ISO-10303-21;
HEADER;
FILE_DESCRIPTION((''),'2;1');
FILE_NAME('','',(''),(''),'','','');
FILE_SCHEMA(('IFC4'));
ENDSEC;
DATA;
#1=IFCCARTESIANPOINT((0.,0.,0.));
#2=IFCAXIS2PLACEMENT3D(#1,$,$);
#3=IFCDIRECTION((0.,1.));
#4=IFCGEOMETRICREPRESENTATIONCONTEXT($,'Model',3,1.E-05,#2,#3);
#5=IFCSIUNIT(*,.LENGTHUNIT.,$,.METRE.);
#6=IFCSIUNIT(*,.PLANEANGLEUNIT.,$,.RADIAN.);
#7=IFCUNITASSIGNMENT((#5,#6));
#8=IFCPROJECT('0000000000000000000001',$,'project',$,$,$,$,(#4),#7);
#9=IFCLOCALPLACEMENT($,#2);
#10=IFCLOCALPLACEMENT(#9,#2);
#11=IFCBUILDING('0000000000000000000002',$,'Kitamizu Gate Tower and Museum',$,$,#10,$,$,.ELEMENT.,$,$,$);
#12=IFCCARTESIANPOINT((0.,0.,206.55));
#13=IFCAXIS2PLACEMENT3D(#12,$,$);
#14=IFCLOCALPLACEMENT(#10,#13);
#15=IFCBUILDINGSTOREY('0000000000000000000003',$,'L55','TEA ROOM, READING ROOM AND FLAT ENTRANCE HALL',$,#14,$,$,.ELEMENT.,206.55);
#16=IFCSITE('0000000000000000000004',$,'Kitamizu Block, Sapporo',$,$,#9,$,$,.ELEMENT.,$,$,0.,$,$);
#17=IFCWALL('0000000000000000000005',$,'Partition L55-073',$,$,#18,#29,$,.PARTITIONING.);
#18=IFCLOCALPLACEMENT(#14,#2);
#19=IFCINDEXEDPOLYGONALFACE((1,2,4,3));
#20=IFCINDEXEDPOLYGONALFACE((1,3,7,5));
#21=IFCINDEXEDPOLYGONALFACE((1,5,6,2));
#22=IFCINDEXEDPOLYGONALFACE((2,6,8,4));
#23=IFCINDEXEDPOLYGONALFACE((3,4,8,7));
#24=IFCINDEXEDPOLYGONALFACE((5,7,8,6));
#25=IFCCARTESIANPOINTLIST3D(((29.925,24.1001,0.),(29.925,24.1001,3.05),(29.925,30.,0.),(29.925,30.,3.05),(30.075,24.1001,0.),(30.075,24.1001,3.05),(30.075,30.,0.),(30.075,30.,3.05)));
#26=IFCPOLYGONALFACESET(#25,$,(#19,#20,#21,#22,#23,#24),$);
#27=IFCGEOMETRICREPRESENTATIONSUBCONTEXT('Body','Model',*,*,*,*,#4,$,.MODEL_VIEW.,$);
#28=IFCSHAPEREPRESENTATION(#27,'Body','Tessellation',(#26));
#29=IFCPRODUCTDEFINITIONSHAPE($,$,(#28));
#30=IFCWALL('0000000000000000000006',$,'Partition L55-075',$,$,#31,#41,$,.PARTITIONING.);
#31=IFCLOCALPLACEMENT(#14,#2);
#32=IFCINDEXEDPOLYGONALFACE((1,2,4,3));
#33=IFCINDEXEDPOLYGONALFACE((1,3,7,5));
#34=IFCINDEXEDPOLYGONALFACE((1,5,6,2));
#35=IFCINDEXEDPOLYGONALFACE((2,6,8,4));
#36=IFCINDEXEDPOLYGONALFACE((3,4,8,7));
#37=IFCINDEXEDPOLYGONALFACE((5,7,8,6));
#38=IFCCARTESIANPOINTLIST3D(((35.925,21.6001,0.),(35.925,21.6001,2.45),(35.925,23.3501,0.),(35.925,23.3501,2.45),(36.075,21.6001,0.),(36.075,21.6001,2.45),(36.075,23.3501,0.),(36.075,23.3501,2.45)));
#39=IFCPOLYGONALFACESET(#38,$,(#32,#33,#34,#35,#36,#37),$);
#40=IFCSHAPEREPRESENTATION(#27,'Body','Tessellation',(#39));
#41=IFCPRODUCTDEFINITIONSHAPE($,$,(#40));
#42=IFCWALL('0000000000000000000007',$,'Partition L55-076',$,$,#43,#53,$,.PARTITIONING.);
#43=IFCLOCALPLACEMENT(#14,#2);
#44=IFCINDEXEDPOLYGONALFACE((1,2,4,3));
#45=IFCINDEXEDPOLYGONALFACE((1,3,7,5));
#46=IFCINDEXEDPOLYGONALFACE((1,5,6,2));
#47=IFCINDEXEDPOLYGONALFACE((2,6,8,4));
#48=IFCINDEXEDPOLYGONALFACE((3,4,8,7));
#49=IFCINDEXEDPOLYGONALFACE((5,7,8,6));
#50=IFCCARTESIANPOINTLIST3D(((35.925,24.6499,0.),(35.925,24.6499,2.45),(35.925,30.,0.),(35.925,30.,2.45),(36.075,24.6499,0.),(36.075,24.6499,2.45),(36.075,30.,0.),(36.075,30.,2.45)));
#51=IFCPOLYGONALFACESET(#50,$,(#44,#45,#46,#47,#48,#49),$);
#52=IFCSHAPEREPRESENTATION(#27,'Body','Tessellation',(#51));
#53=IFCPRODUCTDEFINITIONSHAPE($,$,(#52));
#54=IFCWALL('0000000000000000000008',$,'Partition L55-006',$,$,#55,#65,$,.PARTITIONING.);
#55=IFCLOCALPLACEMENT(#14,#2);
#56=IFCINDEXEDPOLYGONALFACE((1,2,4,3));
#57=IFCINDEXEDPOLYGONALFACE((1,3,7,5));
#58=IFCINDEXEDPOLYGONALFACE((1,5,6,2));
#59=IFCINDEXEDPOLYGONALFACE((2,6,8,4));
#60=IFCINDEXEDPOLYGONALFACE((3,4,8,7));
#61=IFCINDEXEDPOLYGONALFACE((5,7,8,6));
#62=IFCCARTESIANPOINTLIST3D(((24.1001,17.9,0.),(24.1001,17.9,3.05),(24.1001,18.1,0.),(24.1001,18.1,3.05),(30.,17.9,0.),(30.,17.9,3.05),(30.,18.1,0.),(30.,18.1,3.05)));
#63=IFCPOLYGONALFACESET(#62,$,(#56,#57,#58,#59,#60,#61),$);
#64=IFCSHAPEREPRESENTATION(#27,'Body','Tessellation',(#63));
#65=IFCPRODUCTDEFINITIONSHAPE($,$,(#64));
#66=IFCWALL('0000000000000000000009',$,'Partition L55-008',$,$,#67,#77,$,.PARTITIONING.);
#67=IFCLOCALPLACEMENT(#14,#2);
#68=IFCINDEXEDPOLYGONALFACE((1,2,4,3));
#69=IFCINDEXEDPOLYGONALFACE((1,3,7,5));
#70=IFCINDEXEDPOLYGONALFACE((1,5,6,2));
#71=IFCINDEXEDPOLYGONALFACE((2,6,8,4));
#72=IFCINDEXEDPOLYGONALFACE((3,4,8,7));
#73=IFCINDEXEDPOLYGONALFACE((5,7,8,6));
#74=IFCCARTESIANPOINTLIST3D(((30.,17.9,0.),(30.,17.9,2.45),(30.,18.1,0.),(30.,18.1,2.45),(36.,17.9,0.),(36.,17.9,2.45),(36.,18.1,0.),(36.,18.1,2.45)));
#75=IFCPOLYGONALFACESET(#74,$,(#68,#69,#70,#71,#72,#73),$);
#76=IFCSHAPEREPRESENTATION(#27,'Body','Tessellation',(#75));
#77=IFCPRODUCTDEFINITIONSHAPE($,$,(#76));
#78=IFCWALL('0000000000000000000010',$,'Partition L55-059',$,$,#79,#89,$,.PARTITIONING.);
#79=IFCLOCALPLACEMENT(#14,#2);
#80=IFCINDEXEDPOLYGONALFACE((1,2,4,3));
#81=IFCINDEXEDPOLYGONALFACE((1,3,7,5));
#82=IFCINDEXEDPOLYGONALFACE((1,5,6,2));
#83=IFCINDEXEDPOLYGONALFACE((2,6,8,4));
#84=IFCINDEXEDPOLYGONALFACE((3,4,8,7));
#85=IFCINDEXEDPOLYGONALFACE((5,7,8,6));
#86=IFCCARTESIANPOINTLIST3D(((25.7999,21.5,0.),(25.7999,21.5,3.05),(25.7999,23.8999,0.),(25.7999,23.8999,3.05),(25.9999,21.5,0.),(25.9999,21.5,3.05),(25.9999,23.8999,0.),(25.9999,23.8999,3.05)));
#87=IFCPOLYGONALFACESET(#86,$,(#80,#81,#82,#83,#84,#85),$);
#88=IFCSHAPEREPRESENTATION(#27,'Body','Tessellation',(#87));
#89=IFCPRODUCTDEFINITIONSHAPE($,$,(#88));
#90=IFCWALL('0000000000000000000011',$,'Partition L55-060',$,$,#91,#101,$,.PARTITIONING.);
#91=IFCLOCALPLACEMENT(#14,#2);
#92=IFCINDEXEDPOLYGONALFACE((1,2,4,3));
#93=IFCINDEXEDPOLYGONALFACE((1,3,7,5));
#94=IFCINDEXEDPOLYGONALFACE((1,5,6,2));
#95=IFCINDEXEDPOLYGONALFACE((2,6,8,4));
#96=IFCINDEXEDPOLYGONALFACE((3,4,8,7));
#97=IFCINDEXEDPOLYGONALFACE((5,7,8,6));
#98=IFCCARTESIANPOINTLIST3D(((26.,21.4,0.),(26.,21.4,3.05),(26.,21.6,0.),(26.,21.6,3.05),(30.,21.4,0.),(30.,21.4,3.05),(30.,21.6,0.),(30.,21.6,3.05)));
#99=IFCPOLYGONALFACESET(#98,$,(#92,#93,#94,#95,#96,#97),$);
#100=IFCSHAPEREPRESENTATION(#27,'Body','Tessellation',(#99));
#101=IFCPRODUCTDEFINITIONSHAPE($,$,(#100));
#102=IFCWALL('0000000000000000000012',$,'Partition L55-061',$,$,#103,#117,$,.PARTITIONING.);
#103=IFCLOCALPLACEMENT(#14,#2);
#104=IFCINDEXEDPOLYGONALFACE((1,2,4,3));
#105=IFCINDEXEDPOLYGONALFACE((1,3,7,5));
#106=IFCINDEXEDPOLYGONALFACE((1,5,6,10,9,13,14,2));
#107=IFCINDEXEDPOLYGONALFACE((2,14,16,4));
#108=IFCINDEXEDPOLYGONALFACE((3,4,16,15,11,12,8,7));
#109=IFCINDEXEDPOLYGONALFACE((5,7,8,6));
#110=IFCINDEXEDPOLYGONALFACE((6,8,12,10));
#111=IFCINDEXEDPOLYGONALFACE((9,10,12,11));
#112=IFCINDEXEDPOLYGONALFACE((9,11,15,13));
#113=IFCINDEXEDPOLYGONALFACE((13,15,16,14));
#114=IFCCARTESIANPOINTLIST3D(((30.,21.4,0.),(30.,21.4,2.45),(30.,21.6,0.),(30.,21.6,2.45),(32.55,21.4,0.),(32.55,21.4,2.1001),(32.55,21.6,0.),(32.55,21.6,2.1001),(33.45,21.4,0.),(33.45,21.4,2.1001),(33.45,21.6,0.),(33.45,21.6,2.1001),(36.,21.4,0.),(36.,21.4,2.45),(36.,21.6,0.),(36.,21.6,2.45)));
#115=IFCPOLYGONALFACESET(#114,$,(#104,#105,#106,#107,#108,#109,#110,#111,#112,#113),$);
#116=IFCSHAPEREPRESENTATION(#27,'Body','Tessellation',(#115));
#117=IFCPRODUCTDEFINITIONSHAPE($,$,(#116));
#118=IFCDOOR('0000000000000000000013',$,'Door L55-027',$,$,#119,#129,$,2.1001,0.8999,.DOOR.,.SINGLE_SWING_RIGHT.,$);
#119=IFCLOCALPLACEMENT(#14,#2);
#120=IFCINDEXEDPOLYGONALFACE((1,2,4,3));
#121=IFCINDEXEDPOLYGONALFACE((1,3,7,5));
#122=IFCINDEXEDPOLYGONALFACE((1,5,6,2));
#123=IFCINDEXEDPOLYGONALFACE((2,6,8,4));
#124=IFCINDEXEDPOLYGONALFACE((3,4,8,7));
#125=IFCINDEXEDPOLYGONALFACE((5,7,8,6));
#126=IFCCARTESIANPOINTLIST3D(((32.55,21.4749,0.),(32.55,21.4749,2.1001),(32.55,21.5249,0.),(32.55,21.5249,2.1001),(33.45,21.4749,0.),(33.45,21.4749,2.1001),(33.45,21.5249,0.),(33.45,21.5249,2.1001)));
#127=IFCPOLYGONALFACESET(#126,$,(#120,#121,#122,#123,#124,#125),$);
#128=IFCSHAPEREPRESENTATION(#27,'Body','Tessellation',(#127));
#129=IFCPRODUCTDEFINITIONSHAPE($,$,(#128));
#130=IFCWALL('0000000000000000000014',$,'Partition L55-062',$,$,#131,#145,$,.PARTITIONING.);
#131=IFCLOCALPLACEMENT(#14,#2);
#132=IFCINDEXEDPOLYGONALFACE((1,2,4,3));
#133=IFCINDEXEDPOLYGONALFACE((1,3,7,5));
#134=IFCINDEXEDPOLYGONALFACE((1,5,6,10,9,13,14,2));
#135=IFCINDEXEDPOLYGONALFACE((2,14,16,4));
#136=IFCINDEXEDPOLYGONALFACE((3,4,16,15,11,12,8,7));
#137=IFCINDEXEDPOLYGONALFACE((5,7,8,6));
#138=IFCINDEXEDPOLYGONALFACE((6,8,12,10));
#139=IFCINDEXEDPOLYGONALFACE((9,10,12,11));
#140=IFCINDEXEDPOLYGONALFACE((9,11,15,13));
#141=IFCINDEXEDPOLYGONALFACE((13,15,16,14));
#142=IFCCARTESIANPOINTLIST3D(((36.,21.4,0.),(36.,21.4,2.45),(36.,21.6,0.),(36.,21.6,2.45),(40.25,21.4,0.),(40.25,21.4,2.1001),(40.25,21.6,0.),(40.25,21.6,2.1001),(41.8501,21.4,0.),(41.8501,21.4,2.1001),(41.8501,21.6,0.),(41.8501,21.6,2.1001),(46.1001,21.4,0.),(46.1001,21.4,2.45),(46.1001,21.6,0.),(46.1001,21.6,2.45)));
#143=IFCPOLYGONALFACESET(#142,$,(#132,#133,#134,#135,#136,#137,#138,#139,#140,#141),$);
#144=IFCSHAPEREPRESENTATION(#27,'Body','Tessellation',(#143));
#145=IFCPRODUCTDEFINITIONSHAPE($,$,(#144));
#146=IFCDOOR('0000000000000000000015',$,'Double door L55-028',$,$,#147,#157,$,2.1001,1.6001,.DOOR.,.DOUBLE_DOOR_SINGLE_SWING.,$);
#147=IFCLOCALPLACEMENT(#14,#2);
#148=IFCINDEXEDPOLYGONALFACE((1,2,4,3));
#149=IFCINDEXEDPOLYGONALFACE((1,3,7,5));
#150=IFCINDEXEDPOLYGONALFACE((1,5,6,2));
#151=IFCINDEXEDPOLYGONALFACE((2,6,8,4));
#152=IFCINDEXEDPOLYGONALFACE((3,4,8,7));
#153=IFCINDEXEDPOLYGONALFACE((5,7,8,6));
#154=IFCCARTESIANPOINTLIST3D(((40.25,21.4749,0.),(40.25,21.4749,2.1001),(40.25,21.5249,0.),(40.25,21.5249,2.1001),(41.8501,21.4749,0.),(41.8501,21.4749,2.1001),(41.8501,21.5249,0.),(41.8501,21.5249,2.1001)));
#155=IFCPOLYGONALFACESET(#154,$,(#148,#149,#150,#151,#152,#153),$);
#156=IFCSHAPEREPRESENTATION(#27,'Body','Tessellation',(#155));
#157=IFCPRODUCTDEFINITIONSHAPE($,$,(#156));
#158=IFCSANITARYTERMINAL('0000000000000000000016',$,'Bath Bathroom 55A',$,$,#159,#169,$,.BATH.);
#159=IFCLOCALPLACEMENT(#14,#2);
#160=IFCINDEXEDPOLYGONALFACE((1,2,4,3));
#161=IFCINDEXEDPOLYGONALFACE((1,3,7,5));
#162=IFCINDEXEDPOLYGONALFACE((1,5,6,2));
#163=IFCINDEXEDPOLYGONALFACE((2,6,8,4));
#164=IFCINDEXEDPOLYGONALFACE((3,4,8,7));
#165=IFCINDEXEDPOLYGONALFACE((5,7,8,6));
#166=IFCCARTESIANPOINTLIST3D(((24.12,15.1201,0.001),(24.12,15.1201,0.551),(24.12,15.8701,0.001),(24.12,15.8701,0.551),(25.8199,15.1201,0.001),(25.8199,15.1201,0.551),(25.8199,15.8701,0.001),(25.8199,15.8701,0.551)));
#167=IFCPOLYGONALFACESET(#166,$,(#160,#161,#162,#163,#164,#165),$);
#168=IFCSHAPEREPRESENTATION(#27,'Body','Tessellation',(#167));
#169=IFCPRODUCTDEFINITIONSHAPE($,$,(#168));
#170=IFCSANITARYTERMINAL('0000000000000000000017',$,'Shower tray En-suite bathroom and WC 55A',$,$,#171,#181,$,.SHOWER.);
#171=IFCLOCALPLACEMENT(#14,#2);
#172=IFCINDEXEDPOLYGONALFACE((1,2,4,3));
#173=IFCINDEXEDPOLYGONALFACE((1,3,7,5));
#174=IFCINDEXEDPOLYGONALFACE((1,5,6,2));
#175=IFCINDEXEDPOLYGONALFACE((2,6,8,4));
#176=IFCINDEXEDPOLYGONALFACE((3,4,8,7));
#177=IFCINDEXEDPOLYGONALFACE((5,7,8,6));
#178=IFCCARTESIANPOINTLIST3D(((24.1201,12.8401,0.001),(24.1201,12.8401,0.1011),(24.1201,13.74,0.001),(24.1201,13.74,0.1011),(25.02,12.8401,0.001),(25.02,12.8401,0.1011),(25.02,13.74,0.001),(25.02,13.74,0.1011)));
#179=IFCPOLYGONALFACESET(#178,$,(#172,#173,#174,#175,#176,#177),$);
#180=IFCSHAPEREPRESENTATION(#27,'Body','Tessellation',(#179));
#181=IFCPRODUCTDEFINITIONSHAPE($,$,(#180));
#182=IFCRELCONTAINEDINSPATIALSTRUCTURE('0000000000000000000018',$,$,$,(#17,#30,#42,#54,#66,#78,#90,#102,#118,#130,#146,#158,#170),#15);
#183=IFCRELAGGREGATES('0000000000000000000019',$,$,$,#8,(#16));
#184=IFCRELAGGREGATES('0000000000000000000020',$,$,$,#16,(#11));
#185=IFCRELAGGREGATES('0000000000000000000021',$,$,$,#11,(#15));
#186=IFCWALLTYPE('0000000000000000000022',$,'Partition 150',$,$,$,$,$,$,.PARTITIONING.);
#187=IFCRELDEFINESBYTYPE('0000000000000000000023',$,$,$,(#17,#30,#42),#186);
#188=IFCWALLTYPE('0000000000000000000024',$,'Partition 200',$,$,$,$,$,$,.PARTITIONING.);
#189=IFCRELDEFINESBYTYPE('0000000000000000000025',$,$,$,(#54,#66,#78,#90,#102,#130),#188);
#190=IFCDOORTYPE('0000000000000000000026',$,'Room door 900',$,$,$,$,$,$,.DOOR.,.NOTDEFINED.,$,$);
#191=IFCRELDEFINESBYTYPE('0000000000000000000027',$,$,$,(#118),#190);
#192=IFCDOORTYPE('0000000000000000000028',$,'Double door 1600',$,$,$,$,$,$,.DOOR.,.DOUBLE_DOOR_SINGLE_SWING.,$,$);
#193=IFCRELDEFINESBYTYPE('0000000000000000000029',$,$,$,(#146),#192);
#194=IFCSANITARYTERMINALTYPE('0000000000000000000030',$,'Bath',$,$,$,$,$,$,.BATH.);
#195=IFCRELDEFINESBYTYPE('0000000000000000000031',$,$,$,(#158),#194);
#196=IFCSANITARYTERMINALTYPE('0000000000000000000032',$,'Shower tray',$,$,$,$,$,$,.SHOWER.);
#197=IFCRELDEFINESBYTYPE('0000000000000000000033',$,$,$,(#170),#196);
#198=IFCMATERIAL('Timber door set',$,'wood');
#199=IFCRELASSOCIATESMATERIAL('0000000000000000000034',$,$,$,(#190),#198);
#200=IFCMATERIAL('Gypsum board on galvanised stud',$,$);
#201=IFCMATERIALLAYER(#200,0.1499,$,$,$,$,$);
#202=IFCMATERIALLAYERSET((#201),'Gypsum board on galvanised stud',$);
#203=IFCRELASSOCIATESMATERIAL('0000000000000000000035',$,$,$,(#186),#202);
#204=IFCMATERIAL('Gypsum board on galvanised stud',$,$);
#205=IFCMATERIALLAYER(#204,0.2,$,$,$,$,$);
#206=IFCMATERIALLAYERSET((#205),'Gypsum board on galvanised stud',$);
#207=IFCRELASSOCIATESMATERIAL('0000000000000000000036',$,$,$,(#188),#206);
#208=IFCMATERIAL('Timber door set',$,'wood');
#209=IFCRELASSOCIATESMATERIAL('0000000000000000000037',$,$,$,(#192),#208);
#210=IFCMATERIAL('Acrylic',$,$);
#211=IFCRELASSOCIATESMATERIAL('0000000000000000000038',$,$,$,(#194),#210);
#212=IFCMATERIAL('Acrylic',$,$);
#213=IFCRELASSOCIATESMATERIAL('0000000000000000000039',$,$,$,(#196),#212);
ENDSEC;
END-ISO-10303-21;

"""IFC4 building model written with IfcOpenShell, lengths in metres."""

from ifc_helpers import new_model, si_unit, direction, frame, frame_2d, origin, origin_2d, place, context, subcontext, project, spatial, rectangle, extrude, material, layer, layer_set, type_object, element, fill, save


model = new_model("IFC4")

# Units and contexts
model_context = context("Model", 3, precision=1e-05, world=origin(), true_north=direction((0.0, 1.0)))
body_context = subcontext(model_context, "Body", "Model", "MODEL_VIEW")
ifc_project = project(units=[si_unit("LENGTHUNIT", "METRE"), si_unit("PLANEANGLEUNIT", "RADIAN")], contexts=[model_context])

# Site, building, storey
site_placement = place(None, origin())
site = spatial("IfcSite", under=ifc_project, at=site_placement, Name="Kitamizu Block, Sapporo", CompositionType="ELEMENT", RefElevation=0.0)
building_placement = place(site_placement, origin())
building = spatial("IfcBuilding", under=site, at=building_placement, Name="Kitamizu Gate Tower and Museum", CompositionType="ELEMENT")
storey_placement = place(building_placement, frame((0.0, 0.0, 206.55)))
storey = spatial("IfcBuildingStorey", under=building, at=storey_placement, Name="L55", Description="TEA ROOM, READING ROOM AND FLAT ENTRANCE HALL", CompositionType="ELEMENT", Elevation=206.55)

# Shared definitions
ifc_material_1 = material(Name="Timber door set", Category="wood")
door_type_1 = type_object("IfcDoorType", Name="Room door 900", OperationType="NOTDEFINED", PredefinedType="DOOR", material=ifc_material_1)

# Shared definitions
ifc_material_2 = material(Name="Gypsum board on galvanised stud")
ifc_layer_1 = layer(ifc_material_2, 0.1499)
ifc_layer_set_1 = layer_set([ifc_layer_1], Name="Gypsum board on galvanised stud")
wall_type_1 = type_object("IfcWallType", Name="Partition 150", PredefinedType="PARTITIONING", material=ifc_layer_set_1)

# Walls
wall_1_placement = place(storey_placement, frame((30.0, 24.1001, 0.0), z_axis=(0.0, 0.0, 1.0), x_axis=(0.0, 1.0, 0.0)))
element("IfcWall", 1, at=wall_1_placement, inside=storey, type_object=wall_type_1, Name="Partition L55-073", PredefinedType="PARTITIONING", context=body_context, shape_type="SweptSolid", body=[
    extrude(rectangle(XDim=5.8999, YDim=0.1499, at=frame_2d((2.95, 0.0))), origin(), (0.0, 0.0, 1.0), 3.05),
])
wall_2_placement = place(storey_placement, frame((36.0, 21.6001, 0.0), z_axis=(0.0, 0.0, 1.0), x_axis=(0.0, 1.0, 0.0)))
element("IfcWall", 2, at=wall_2_placement, inside=storey, type_object=wall_type_1, Name="Partition L55-075", PredefinedType="PARTITIONING", context=body_context, shape_type="SweptSolid", body=[
    extrude(rectangle(XDim=1.75, YDim=0.1499, at=frame_2d((0.875, 0.0))), origin(), (0.0, 0.0, 1.0), 2.45),
])
wall_3_placement = place(storey_placement, frame((36.0, 24.6499, 0.0), z_axis=(0.0, 0.0, 1.0), x_axis=(0.0, 1.0, 0.0)))
element("IfcWall", 3, at=wall_3_placement, inside=storey, type_object=wall_type_1, Name="Partition L55-076", PredefinedType="PARTITIONING", context=body_context, shape_type="SweptSolid", body=[
    extrude(rectangle(XDim=5.3501, YDim=0.1499, at=frame_2d((2.675, 0.0))), origin(), (0.0, 0.0, 1.0), 2.45),
])
ifc_material_3 = material(Name="Gypsum board on galvanised stud")
ifc_layer_2 = layer(ifc_material_3, 0.2)
ifc_layer_set_2 = layer_set([ifc_layer_2], Name="Gypsum board on galvanised stud")
wall_type_2 = type_object("IfcWallType", Name="Partition 200", PredefinedType="PARTITIONING", material=ifc_layer_set_2)
wall_4_placement = place(storey_placement, frame((30.0, 18.0, 0.0), z_axis=(0.0, 0.0, 1.0), x_axis=(-1.0, 0.0, 0.0)))
element("IfcWall", 4, at=wall_4_placement, inside=storey, type_object=wall_type_2, Name="Partition L55-006", PredefinedType="PARTITIONING", context=body_context, shape_type="SweptSolid", body=[
    extrude(rectangle(XDim=5.8999, YDim=0.2, at=frame_2d((2.95, 0.0))), origin(), (0.0, 0.0, 1.0), 3.05),
])
wall_5_placement = place(storey_placement, frame((36.0, 18.0, 0.0), z_axis=(0.0, 0.0, 1.0), x_axis=(-1.0, 0.0, 0.0)))
element("IfcWall", 5, at=wall_5_placement, inside=storey, type_object=wall_type_2, Name="Partition L55-008", PredefinedType="PARTITIONING", context=body_context, shape_type="SweptSolid", body=[
    extrude(rectangle(XDim=6.0, YDim=0.2, at=frame_2d((3.0, 0.0))), origin(), (0.0, 0.0, 1.0), 2.45),
])
wall_6_placement = place(storey_placement, frame((25.8999, 23.8999, 0.0), z_axis=(0.0, 0.0, 1.0), x_axis=(0.0, -1.0, 0.0)))
element("IfcWall", 6, at=wall_6_placement, inside=storey, type_object=wall_type_2, Name="Partition L55-059", PredefinedType="PARTITIONING", context=body_context, shape_type="SweptSolid", body=[
    extrude(rectangle(XDim=2.3999, YDim=0.2, at=frame_2d((1.2, 0.0))), origin(), (0.0, 0.0, 1.0), 3.05),
])
wall_7_placement = place(storey_placement, frame((26.0, 21.5, 0.0), z_axis=(0.0, 0.0, 1.0), x_axis=(1.0, 0.0, 0.0)))
element("IfcWall", 7, at=wall_7_placement, inside=storey, type_object=wall_type_2, Name="Partition L55-060", PredefinedType="PARTITIONING", context=body_context, shape_type="SweptSolid", body=[
    extrude(rectangle(XDim=4.0, YDim=0.2, at=frame_2d((2.0, 0.0))), origin(), (0.0, 0.0, 1.0), 3.05),
])

# Walls, openings, doors
wall_8_placement = place(storey_placement, frame((30.0, 21.5, 0.0), z_axis=(0.0, 0.0, 1.0), x_axis=(1.0, 0.0, 0.0)))
wall_8 = element("IfcWall", 8, at=wall_8_placement, inside=storey, type_object=wall_type_2, Name="Partition L55-061", PredefinedType="PARTITIONING", context=body_context, shape_type="SweptSolid", body=[
    extrude(rectangle(XDim=6.0, YDim=0.2, at=frame_2d((3.0, 0.0))), origin(), (0.0, 0.0, 1.0), 2.45),
])
opening_1_placement = place(wall_8_placement, frame((2.55, 0.0, 0.0)))
opening_1 = element("IfcOpeningElement", 9, at=opening_1_placement, cuts=wall_8, PredefinedType="OPENING", context=body_context, shape_type="SweptSolid", body=[
    extrude(rectangle(XDim=0.8999, YDim=2.1001, at=frame_2d((0.45, 1.05))), frame((0.0, 0.1099, 0.0), z_axis=(0.0, -1.0, 0.0), x_axis=(1.0, 0.0, 0.0)), (0.0, 0.0, 1.0), 0.22),
])
door_1_placement = place(opening_1_placement, origin())
door_1 = element("IfcDoor", 10, at=door_1_placement, inside=storey, type_object=door_type_1, Name="Door L55-027", OperationType="SINGLE_SWING_RIGHT", OverallHeight=2.1001, OverallWidth=0.8999, PredefinedType="DOOR", context=body_context, shape_type="SweptSolid", body=[
    extrude(rectangle(XDim=0.8999, YDim=2.1001, at=frame_2d((0.45, 1.05))), frame((0.0, 0.0249, 0.0), z_axis=(0.0, -1.0, 0.0), x_axis=(1.0, 0.0, 0.0)), (0.0, 0.0, 1.0), 0.05),
])
fill(opening_1, door_1)
wall_9_placement = place(storey_placement, frame((36.0, 21.5, 0.0), z_axis=(0.0, 0.0, 1.0), x_axis=(1.0, 0.0, 0.0)))
wall_9 = element("IfcWall", 11, at=wall_9_placement, inside=storey, type_object=wall_type_2, Name="Partition L55-062", PredefinedType="PARTITIONING", context=body_context, shape_type="SweptSolid", body=[
    extrude(rectangle(XDim=10.1001, YDim=0.2, at=frame_2d((5.05, 0.0))), origin(), (0.0, 0.0, 1.0), 2.45),
])
opening_2_placement = place(wall_9_placement, frame((4.25, 0.0, 0.0)))
opening_2 = element("IfcOpeningElement", 12, at=opening_2_placement, cuts=wall_9, PredefinedType="OPENING", context=body_context, shape_type="SweptSolid", body=[
    extrude(rectangle(XDim=1.6001, YDim=2.1001, at=frame_2d((0.8, 1.05))), frame((0.0, 0.1099, 0.0), z_axis=(0.0, -1.0, 0.0), x_axis=(1.0, 0.0, 0.0)), (0.0, 0.0, 1.0), 0.22),
])
ifc_material_4 = material(Name="Timber door set", Category="wood")
door_type_2 = type_object("IfcDoorType", Name="Double door 1600", OperationType="DOUBLE_DOOR_SINGLE_SWING", PredefinedType="DOOR", material=ifc_material_4)
door_2_placement = place(opening_2_placement, origin())
door_2 = element("IfcDoor", 13, at=door_2_placement, inside=storey, type_object=door_type_2, Name="Double door L55-028", OperationType="DOUBLE_DOOR_SINGLE_SWING", OverallHeight=2.1001, OverallWidth=1.6001, PredefinedType="DOOR", context=body_context, shape_type="SweptSolid", body=[
    extrude(rectangle(XDim=1.6001, YDim=2.1001, at=frame_2d((0.8, 1.05))), frame((0.0, 0.0249, 0.0), z_axis=(0.0, -1.0, 0.0), x_axis=(1.0, 0.0, 0.0)), (0.0, 0.0, 1.0), 0.05),
])
fill(opening_2, door_2)

# Sanitary terminals
ifc_material_5 = material(Name="Acrylic")
sanitary_terminal_type_1 = type_object("IfcSanitaryTerminalType", Name="Bath", PredefinedType="BATH", material=ifc_material_5)
sanitary_terminal_1_placement = place(storey_placement, frame((24.97, 15.4951, 0.001), z_axis=(0.0, 0.0, 1.0), x_axis=(1.0, 0.0, 0.0)))
element("IfcSanitaryTerminal", 14, at=sanitary_terminal_1_placement, inside=storey, type_object=sanitary_terminal_type_1, Name="Bath Bathroom 55A", PredefinedType="BATH", context=body_context, shape_type="SweptSolid", body=[
    extrude(rectangle(XDim=1.7, YDim=0.75, at=origin_2d()), origin(), (0.0, 0.0, 1.0), 0.55),
])
ifc_material_6 = material(Name="Acrylic")
sanitary_terminal_type_2 = type_object("IfcSanitaryTerminalType", Name="Shower tray", PredefinedType="SHOWER", material=ifc_material_6)
sanitary_terminal_2_placement = place(storey_placement, frame((24.5701, 13.29, 0.001), z_axis=(0.0, 0.0, 1.0), x_axis=(1.0, 0.0, 0.0)))
element("IfcSanitaryTerminal", 15, at=sanitary_terminal_2_placement, inside=storey, type_object=sanitary_terminal_type_2, Name="Shower tray En-suite bathroom and WC 55A", PredefinedType="SHOWER", context=body_context, shape_type="SweptSolid", body=[
    extrude(rectangle(XDim=0.8999, YDim=0.8999, at=origin_2d()), origin(), (0.0, 0.0, 1.0), 0.1001),
])

save(model, "model.ifc")
